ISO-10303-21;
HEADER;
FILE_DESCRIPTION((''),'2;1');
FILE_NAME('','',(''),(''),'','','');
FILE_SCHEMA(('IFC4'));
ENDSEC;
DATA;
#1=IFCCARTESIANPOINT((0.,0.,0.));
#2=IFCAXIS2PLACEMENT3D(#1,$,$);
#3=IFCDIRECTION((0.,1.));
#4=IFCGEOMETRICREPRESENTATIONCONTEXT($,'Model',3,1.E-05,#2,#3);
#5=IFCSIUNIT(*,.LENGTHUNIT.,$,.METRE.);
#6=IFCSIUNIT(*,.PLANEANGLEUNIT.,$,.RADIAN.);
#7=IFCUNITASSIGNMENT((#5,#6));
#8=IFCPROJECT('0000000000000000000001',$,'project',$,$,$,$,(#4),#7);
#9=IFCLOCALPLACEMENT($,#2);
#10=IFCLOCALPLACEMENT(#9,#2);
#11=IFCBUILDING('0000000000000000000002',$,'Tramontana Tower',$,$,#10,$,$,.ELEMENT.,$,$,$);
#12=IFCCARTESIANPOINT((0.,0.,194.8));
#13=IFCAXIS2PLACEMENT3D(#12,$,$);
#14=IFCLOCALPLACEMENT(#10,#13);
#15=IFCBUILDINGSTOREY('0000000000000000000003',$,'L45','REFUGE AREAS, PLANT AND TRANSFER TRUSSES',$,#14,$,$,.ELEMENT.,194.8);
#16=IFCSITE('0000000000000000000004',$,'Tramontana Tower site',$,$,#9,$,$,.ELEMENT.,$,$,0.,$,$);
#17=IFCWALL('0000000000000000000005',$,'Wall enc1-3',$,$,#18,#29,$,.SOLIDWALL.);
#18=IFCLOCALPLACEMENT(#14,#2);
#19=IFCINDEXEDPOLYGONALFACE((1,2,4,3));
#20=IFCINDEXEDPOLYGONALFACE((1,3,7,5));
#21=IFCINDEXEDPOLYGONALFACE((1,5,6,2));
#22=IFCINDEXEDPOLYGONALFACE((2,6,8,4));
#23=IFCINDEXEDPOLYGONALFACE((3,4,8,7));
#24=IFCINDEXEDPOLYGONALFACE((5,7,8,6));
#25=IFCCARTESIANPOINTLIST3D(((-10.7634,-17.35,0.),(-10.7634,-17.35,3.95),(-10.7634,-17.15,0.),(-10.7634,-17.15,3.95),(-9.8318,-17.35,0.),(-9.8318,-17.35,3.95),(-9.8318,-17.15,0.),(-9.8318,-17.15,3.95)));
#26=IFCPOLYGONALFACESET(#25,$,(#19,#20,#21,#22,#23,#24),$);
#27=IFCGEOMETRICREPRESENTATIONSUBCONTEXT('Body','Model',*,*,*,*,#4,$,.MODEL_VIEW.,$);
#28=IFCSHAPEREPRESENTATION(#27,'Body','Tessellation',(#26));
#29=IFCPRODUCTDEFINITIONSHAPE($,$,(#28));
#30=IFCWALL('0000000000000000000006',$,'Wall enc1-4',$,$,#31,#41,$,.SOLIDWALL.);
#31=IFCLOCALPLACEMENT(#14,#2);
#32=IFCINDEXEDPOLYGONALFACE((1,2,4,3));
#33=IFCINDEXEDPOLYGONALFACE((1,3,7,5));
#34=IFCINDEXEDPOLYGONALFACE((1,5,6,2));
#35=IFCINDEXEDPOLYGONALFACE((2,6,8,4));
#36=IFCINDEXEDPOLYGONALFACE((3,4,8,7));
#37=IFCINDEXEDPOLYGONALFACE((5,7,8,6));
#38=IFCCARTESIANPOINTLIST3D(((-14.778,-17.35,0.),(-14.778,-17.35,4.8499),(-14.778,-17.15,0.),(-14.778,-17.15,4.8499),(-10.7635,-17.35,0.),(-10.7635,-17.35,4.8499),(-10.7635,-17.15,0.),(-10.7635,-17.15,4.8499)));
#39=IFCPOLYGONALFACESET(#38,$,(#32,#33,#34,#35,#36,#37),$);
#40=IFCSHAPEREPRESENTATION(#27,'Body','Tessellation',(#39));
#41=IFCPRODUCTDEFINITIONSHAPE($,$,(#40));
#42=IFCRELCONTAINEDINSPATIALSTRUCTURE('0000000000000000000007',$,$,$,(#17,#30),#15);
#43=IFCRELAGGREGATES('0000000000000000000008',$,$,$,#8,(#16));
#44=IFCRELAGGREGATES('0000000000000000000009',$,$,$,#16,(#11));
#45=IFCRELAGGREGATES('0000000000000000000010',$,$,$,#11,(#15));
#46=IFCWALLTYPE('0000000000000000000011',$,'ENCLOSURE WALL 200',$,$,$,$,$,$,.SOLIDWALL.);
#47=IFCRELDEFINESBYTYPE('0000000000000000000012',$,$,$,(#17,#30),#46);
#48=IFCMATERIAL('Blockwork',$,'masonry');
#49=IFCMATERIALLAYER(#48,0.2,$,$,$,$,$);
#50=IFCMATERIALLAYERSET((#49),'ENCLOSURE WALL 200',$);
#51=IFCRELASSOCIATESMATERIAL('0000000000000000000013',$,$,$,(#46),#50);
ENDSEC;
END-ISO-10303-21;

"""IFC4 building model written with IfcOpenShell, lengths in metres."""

from ifc_helpers import new_model, si_unit, direction, frame, frame_2d, origin, place, context, subcontext, project, spatial, rectangle, extrude, material, layer, layer_set, type_object, element, save


model = new_model("IFC4")

# Units and contexts
model_context = context("Model", 3, precision=1e-05, world=origin(), true_north=direction((0.0, 1.0)))
body_context = subcontext(model_context, "Body", "Model", "MODEL_VIEW")
ifc_project = project(units=[si_unit("LENGTHUNIT", "METRE"), si_unit("PLANEANGLEUNIT", "RADIAN")], contexts=[model_context])

# Site, building, storey
site_placement = place(None, origin())
site = spatial("IfcSite", under=ifc_project, at=site_placement, Name="Tramontana Tower site", CompositionType="ELEMENT", RefElevation=0.0)
building_placement = place(site_placement, origin())
building = spatial("IfcBuilding", under=site, at=building_placement, Name="Tramontana Tower", CompositionType="ELEMENT")
storey_placement = place(building_placement, frame((0.0, 0.0, 194.8)))
storey = spatial("IfcBuildingStorey", under=building, at=storey_placement, Name="L45", Description="REFUGE AREAS, PLANT AND TRANSFER TRUSSES", CompositionType="ELEMENT", Elevation=194.8)

# Walls
ifc_material_1 = material(Name="Blockwork", Category="masonry")
ifc_layer_1 = layer(ifc_material_1, 0.2)
ifc_layer_set_1 = layer_set([ifc_layer_1], Name="ENCLOSURE WALL 200")
wall_type = type_object("IfcWallType", Name="ENCLOSURE WALL 200", PredefinedType="SOLIDWALL", material=ifc_layer_set_1)
wall_1_placement = place(storey_placement, frame((-9.8318, -17.25, 0.0), z_axis=(0.0, 0.0, 1.0), x_axis=(-1.0, 0.0, 0.0)))
element("IfcWall", 1, at=wall_1_placement, inside=storey, type_object=wall_type, Name="Wall enc1-3", PredefinedType="SOLIDWALL", context=body_context, shape_type="SweptSolid", body=[
    extrude(rectangle(XDim=0.9316, YDim=0.2, at=frame_2d((0.4658, 0.0))), origin(), (0.0, 0.0, 1.0), 3.95),
])
wall_2_placement = place(storey_placement, frame((-10.7634, -17.25, 0.0), z_axis=(0.0, 0.0, 1.0), x_axis=(-1.0, 0.0, 0.0)))
element("IfcWall", 2, at=wall_2_placement, inside=storey, type_object=wall_type, Name="Wall enc1-4", PredefinedType="SOLIDWALL", context=body_context, shape_type="SweptSolid", body=[
    extrude(rectangle(XDim=4.0144, YDim=0.2, at=frame_2d((2.0073, 0.0))), origin(), (0.0, 0.0, 1.0), 4.8499),
])

save(model, "model.ifc")
